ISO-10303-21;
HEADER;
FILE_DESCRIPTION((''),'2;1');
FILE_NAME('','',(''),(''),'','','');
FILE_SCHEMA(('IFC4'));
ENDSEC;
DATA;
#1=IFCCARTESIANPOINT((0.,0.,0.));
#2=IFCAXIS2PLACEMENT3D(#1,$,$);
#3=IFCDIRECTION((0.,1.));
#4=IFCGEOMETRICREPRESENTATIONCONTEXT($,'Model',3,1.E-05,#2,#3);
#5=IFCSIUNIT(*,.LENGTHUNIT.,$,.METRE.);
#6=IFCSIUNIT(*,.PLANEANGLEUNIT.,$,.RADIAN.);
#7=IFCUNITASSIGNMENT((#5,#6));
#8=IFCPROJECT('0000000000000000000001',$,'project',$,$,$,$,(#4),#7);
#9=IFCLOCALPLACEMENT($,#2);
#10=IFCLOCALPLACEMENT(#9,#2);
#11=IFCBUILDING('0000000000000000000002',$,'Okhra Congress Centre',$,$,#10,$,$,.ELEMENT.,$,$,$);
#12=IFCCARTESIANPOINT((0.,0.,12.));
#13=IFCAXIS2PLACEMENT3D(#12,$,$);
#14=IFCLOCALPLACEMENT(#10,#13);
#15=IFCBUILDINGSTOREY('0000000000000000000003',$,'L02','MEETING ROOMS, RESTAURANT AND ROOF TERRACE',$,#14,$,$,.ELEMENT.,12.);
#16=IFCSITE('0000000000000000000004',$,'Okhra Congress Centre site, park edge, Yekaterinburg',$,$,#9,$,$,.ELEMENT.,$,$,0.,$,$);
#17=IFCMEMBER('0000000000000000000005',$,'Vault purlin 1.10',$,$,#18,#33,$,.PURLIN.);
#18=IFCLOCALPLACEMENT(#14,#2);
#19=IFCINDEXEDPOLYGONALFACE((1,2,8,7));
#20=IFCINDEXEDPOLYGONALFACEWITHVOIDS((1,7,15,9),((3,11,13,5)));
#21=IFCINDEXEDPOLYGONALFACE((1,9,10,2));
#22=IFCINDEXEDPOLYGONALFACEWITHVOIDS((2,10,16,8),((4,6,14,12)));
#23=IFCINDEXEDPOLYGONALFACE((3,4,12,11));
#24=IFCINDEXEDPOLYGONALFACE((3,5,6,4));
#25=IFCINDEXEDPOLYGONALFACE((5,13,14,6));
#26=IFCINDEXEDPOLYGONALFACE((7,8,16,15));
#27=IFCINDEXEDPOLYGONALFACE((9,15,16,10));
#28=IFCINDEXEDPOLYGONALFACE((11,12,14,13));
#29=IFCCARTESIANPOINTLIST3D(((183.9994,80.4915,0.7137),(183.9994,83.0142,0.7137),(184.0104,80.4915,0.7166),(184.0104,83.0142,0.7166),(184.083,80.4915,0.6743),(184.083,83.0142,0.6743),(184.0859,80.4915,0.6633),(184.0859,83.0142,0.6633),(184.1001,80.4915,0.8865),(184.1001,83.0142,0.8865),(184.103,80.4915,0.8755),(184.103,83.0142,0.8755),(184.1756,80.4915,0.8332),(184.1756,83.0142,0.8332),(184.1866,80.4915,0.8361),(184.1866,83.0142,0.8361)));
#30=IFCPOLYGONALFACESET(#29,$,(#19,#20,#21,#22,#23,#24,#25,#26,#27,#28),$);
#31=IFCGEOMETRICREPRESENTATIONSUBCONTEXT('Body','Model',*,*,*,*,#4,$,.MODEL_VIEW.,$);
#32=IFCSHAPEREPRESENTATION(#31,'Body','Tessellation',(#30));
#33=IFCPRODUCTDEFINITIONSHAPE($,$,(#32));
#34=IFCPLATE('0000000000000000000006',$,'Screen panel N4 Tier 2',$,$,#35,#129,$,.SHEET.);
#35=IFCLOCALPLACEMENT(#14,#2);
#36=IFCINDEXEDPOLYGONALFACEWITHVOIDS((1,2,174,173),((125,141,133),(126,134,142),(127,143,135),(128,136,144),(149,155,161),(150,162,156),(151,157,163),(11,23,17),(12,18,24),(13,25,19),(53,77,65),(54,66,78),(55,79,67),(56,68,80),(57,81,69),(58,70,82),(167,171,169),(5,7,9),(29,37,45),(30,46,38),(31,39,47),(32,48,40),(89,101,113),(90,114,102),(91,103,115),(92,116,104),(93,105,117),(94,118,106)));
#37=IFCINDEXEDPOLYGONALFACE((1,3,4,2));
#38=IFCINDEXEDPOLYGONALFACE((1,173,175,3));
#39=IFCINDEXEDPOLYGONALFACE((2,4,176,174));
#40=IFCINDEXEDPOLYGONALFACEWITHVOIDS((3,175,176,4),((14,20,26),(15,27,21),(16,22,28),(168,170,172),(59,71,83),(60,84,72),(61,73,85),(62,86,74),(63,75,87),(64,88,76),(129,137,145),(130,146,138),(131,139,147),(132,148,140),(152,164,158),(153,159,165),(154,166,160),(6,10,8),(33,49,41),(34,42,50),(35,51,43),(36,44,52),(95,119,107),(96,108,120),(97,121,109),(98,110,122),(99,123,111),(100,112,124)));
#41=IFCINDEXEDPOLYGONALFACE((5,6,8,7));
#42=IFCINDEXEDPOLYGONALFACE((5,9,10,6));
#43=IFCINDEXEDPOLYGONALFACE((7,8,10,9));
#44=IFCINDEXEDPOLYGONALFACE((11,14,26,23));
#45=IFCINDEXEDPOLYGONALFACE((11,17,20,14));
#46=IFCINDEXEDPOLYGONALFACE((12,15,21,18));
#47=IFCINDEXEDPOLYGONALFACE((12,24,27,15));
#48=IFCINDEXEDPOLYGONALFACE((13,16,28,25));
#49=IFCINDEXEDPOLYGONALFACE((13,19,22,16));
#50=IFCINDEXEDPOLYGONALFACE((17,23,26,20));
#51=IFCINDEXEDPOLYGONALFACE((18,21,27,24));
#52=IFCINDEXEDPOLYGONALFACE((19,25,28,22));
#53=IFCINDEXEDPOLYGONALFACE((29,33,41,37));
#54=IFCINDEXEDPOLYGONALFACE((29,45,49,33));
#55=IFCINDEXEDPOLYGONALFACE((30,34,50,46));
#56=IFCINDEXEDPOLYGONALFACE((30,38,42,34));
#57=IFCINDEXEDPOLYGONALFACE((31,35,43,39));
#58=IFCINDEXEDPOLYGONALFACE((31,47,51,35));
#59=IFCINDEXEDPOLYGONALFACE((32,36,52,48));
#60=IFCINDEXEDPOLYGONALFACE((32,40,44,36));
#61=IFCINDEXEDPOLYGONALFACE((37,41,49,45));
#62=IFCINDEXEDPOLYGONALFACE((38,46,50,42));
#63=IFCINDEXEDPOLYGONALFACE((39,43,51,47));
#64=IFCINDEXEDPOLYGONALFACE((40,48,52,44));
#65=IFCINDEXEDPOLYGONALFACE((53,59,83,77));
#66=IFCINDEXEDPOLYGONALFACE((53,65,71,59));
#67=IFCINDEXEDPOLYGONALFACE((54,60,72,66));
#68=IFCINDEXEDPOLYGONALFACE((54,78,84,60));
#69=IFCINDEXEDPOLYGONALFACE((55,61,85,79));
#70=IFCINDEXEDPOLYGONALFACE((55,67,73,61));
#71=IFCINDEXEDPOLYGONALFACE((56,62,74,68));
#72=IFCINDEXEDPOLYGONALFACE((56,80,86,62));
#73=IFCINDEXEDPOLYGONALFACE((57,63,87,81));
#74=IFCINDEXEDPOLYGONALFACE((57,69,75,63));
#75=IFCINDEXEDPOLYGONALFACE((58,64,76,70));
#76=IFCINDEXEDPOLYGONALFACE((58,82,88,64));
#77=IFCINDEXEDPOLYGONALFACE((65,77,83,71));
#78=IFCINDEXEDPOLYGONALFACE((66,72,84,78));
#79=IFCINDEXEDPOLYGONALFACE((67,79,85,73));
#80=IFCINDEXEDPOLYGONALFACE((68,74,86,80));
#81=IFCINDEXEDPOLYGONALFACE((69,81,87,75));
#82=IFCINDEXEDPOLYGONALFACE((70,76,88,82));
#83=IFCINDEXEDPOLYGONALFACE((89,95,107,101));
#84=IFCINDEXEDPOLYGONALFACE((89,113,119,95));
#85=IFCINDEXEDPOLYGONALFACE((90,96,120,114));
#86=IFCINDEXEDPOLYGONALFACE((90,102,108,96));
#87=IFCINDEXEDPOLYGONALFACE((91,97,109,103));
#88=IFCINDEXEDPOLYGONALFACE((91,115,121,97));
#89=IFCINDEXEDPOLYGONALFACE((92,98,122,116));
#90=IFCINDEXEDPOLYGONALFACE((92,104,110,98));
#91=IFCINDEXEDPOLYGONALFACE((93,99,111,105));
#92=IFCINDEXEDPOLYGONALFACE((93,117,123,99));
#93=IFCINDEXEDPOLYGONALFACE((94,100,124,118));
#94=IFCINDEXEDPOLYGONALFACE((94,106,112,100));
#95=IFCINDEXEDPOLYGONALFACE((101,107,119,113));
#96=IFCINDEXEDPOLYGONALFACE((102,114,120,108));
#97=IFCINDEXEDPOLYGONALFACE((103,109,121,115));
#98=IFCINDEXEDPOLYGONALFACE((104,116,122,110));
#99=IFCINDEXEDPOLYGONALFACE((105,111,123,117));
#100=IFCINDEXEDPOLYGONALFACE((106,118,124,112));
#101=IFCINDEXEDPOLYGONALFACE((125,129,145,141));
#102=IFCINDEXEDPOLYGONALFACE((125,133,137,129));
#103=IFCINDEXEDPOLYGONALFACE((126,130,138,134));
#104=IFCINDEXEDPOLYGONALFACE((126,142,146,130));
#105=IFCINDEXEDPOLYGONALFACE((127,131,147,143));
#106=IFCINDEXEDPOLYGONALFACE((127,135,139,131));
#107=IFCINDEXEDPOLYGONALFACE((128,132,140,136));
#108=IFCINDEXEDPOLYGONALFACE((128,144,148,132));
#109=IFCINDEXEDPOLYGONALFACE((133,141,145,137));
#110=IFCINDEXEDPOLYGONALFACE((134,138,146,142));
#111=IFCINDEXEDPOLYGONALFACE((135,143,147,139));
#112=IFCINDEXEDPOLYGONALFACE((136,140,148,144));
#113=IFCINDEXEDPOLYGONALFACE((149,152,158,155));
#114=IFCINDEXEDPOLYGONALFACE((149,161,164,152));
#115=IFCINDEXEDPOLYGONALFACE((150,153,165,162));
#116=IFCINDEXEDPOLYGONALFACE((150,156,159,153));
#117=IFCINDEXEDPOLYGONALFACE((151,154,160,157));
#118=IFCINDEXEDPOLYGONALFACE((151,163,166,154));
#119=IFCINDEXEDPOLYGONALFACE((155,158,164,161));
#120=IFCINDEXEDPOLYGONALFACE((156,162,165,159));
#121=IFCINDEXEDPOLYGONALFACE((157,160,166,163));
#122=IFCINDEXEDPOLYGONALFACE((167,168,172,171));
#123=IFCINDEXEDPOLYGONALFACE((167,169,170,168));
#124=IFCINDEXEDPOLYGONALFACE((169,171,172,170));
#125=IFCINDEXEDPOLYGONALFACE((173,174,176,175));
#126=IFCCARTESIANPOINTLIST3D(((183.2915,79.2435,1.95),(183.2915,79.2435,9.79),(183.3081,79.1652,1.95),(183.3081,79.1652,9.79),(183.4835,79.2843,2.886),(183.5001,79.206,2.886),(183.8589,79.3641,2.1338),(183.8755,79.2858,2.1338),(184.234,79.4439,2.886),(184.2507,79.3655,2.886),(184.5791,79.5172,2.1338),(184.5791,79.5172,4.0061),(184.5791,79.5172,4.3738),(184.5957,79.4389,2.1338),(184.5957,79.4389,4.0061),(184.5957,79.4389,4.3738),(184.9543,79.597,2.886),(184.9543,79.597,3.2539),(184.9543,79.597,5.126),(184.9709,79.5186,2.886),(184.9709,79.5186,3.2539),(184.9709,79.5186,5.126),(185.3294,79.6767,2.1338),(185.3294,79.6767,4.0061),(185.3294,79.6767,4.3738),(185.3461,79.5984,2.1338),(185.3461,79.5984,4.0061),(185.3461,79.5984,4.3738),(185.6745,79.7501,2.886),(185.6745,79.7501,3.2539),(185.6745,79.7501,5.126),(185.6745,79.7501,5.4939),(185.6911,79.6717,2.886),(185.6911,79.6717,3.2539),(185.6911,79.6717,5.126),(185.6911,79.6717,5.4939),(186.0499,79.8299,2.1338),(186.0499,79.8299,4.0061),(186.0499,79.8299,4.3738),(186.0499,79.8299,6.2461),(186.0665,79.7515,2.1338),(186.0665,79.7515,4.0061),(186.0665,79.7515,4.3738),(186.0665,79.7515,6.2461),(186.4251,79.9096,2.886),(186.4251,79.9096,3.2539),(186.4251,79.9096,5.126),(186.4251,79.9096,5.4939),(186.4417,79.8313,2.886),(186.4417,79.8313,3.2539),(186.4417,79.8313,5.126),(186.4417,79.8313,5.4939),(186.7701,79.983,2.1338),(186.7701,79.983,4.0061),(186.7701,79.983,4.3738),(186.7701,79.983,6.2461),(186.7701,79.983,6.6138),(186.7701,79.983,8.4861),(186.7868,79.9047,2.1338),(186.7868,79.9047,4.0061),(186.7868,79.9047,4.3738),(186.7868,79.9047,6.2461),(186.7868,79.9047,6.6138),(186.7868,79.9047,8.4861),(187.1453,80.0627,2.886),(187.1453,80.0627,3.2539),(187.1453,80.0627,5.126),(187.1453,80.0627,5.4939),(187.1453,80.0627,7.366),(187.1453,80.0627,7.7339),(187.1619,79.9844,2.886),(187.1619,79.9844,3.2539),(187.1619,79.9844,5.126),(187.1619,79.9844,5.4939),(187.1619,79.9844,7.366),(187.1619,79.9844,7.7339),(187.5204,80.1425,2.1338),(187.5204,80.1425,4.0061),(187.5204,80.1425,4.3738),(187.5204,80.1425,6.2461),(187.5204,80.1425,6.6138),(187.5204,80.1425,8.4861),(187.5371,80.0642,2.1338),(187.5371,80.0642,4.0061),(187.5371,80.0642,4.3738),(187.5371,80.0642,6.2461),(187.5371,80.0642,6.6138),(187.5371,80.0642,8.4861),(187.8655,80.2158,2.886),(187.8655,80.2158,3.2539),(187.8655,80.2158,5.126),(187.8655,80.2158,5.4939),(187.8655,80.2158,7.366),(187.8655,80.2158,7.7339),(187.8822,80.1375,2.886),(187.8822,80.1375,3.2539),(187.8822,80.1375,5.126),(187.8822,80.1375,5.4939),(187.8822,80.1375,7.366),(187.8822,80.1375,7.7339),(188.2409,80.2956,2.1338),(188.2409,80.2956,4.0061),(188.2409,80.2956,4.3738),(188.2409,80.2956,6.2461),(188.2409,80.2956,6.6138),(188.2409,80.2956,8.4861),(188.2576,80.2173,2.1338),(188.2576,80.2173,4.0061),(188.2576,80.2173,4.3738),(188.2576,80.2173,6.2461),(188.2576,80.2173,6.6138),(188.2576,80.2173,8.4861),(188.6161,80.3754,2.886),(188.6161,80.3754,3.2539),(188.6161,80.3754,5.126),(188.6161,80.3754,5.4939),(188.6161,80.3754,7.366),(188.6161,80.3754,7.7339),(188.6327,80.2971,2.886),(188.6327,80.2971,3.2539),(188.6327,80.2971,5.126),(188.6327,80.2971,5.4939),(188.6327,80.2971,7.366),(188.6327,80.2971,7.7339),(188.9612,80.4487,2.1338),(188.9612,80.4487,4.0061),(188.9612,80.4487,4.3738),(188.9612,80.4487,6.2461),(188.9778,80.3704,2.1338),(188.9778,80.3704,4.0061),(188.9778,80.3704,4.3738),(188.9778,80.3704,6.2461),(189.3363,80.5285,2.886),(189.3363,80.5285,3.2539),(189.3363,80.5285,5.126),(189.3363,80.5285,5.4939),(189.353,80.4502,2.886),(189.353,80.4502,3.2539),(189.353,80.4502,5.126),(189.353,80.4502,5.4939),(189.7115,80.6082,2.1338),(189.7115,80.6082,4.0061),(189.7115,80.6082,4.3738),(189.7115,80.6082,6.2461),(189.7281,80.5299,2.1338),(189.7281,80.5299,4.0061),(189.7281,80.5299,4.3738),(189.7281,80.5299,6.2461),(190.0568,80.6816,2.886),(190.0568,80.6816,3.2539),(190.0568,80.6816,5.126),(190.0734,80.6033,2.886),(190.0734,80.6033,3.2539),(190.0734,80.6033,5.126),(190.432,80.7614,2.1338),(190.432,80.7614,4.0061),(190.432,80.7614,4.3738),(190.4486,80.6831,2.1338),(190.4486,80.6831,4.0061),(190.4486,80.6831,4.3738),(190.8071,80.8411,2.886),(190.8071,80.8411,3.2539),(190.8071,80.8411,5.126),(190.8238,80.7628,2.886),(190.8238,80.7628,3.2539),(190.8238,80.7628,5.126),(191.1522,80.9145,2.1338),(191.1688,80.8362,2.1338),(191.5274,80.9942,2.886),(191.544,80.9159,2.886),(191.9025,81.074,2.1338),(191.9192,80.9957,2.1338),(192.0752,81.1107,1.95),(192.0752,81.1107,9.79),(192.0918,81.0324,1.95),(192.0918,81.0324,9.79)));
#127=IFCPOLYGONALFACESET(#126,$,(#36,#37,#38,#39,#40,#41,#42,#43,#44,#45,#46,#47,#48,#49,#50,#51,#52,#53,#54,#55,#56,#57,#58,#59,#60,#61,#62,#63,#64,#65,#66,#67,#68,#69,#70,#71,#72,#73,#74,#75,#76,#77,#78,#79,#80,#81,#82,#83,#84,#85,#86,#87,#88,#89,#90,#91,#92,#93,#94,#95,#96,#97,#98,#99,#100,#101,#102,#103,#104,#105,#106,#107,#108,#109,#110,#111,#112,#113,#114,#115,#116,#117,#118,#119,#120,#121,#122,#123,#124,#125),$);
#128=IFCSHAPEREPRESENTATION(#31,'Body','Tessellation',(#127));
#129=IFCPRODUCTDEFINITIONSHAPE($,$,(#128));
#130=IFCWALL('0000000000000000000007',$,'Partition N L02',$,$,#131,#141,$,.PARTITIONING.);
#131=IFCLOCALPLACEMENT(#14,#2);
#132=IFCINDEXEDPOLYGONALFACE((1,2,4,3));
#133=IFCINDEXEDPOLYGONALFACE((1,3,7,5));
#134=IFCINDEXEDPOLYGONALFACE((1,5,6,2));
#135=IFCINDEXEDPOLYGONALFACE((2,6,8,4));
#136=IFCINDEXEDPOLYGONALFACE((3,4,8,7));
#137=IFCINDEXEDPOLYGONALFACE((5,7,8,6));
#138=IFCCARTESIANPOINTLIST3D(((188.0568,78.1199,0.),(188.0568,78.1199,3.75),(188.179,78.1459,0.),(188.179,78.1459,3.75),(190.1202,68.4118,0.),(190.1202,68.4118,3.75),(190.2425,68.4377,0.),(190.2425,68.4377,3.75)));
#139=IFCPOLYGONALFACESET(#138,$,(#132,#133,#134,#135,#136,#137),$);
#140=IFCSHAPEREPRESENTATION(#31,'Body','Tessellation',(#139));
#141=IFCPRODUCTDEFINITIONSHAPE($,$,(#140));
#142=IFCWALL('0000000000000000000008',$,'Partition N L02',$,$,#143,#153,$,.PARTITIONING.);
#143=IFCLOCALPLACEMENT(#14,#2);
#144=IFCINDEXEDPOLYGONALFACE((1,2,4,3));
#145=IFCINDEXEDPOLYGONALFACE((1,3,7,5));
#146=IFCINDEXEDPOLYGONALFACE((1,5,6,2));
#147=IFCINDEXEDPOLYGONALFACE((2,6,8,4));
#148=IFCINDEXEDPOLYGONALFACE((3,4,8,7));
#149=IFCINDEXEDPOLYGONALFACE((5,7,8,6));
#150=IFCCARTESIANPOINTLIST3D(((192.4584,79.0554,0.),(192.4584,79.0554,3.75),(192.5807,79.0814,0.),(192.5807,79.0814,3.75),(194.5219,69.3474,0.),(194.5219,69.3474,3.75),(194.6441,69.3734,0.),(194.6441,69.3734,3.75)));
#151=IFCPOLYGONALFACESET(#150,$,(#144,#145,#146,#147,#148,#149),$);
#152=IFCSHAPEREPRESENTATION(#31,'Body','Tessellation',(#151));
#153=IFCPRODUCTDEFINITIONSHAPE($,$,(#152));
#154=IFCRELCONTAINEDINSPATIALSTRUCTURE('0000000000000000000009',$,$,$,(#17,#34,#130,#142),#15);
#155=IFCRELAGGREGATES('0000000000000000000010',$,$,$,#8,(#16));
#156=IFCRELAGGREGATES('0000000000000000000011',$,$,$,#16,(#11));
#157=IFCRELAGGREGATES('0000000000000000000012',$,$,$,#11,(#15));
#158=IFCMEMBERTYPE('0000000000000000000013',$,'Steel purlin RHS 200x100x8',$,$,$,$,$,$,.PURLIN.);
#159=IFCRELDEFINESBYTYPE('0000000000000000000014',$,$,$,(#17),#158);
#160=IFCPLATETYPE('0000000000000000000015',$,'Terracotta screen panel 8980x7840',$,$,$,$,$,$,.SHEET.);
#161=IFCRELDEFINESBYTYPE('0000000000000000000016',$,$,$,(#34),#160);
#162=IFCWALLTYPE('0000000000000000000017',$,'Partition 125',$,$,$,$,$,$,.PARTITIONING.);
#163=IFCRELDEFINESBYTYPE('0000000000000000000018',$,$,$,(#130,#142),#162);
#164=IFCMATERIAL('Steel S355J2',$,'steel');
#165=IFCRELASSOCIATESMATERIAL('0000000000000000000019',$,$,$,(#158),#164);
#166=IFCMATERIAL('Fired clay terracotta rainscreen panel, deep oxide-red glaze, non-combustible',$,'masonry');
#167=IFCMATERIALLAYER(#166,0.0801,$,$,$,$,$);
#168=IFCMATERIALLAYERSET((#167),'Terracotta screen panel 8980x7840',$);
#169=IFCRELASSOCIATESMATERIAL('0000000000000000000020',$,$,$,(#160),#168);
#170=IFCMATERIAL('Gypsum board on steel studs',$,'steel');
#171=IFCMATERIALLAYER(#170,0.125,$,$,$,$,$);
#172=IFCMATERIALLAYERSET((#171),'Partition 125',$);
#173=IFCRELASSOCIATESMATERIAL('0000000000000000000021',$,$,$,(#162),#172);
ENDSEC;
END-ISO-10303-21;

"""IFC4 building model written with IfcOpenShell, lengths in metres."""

from ifc_helpers import new_model, si_unit, direction, frame, frame_2d, origin, origin_2d, place, context, subcontext, project, spatial, polyline, rectangle, hollow_rectangle, outline, extrude, material, layer, layer_set, material_profile, profile_set, type_object, element, save


model = new_model("IFC4")

# Units and contexts
model_context = context("Model", 3, precision=1e-05, world=origin(), true_north=direction((0.0, 1.0)))
body_context = subcontext(model_context, "Body", "Model", "MODEL_VIEW")
ifc_project = project(units=[si_unit("LENGTHUNIT", "METRE"), si_unit("PLANEANGLEUNIT", "RADIAN")], contexts=[model_context])

# Site, building, storey
site_placement = place(None, origin())
site = spatial("IfcSite", under=ifc_project, at=site_placement, Name="Okhra Congress Centre site, park edge, Yekaterinburg", CompositionType="ELEMENT", RefElevation=0.0)
building_placement = place(site_placement, origin())
building = spatial("IfcBuilding", under=site, at=building_placement, Name="Okhra Congress Centre", CompositionType="ELEMENT")
storey_placement = place(building_placement, frame((0.0, 0.0, 12.0)))
storey = spatial("IfcBuildingStorey", under=building, at=storey_placement, Name="L02", Description="MEETING ROOMS, RESTAURANT AND ROOF TERRACE", CompositionType="ELEMENT", Elevation=12.0)

# Shared definitions
ifc_material_1 = material(Name="Steel S355J2", Category="steel")

# Member
ifc_material_profile_1 = material_profile(ifc_material_1, hollow_rectangle(XDim=0.1001, YDim=0.2, WallThickness=0.0081, at=origin_2d()), Name="RHS 200x100x8")
ifc_profile_set_1 = profile_set([ifc_material_profile_1], Name="Steel S355J2")
member_type = type_object("IfcMemberType", Name="Steel purlin RHS 200x100x8", PredefinedType="PURLIN", material=ifc_profile_set_1)
member_placement = place(storey_placement, frame((184.093, 80.4915, 0.7749), z_axis=(0.0, 1.0, 0.0), x_axis=(-0.863917, 0.0, 0.503634)))
element("IfcMember", 1, at=member_placement, inside=storey, type_object=member_type, Name="Vault purlin 1.10", PredefinedType="PURLIN", context=body_context, shape_type="SweptSolid", body=[
    extrude(hollow_rectangle(XDim=0.1001, YDim=0.2, WallThickness=0.0081, at=origin_2d()), origin(), (0.0, 0.0, 1.0), 2.5227),
])

# Plate
ifc_material_2 = material(Name="Fired clay terracotta rainscreen panel, deep oxide-red glaze, non-combustible", Category="masonry")
ifc_layer_1 = layer(ifc_material_2, 0.0801)
ifc_layer_set_1 = layer_set([ifc_layer_1], Name="Terracotta screen panel 8980x7840")
plate_type = type_object("IfcPlateType", Name="Terracotta screen panel 8980x7840", PredefinedType="SHEET", material=ifc_layer_set_1)
plate_placement = place(storey_placement, frame((192.0835, 81.0715, 1.95), z_axis=(0.0, 0.0, 1.0), x_axis=(-0.978144, -0.207928, 0.0)))
element("IfcPlate", 2, at=plate_placement, inside=storey, type_object=plate_type, Name="Screen panel N4 Tier 2", PredefinedType="SHEET", context=body_context, shape_type="SweptSolid", body=[
    extrude(outline(polyline([(0.0, 0.0), (8.98, 0.0), (8.98, 7.8401), (0.0, 7.8401), (0.0, 0.0)]), holes=[polyline([(0.1765, 0.1838), (0.9436, 0.1838), (0.5601, 0.936), (0.1765, 0.1838)]), polyline([(1.2964, 0.936), (1.6799, 0.1838), (2.0635, 0.936), (1.2964, 0.936)]), polyline([(2.4165, 0.1838), (3.1836, 0.1838), (2.8, 0.936), (2.4165, 0.1838)]), polyline([(3.5364, 0.936), (3.9199, 0.1838), (4.3037, 0.936), (3.5364, 0.936)]), polyline([(4.6565, 0.1838), (5.4236, 0.1838), (5.04, 0.936), (4.6565, 0.1838)]), polyline([(5.7764, 0.936), (6.1599, 0.1838), (6.5437, 0.936), (5.7764, 0.936)]), polyline([(6.8965, 0.1838), (7.6636, 0.1838), (7.28, 0.936), (6.8965, 0.1838)]), polyline([(8.0164, 0.936), (8.3999, 0.1838), (8.7837, 0.936), (8.0164, 0.936)]), polyline([(1.2964, 1.304), (2.0635, 1.304), (1.6799, 2.0562), (1.2964, 1.304)]), polyline([(2.4165, 2.0562), (2.8, 1.304), (3.1836, 2.0562), (2.4165, 2.0562)]), polyline([(3.5364, 1.304), (4.3037, 1.304), (3.9199, 2.0562), (3.5364, 1.304)]), polyline([(4.6565, 2.0562), (5.04, 1.304), (5.4236, 2.0562), (4.6565, 2.0562)]), polyline([(5.7764, 1.304), (6.5437, 1.304), (6.1599, 2.0562), (5.7764, 1.304)]), polyline([(6.8965, 2.0562), (7.28, 1.304), (7.6636, 2.0562), (6.8965, 2.0562)]), polyline([(1.2964, 3.176), (1.6799, 2.4238), (2.0635, 3.176), (1.2964, 3.176)]), polyline([(2.4165, 2.4238), (3.1836, 2.4238), (2.8, 3.176), (2.4165, 2.4238)]), polyline([(3.5364, 3.176), (3.9199, 2.4238), (4.3037, 3.176), (3.5364, 3.176)]), polyline([(4.6565, 2.4238), (5.4236, 2.4238), (5.04, 3.176), (4.6565, 2.4238)]), polyline([(5.7764, 3.176), (6.1599, 2.4238), (6.5437, 3.176), (5.7764, 3.176)]), polyline([(6.8965, 2.4238), (7.6636, 2.4238), (7.28, 3.176), (6.8965, 2.4238)]), polyline([(2.4165, 4.2961), (2.8, 3.5439), (3.1836, 4.2961), (2.4165, 4.2961)]), polyline([(3.5364, 3.5439), (4.3037, 3.5439), (3.9199, 4.2961), (3.5364, 3.5439)]), polyline([(4.6565, 4.2961), (5.04, 3.5439), (5.4236, 4.2961), (4.6565, 4.2961)]), polyline([(5.7764, 3.5439), (6.5437, 3.5439), (6.1599, 4.2961), (5.7764, 3.5439)]), polyline([(3.5364, 5.416), (3.9199, 4.6638), (4.3037, 5.416), (3.5364, 5.416)]), polyline([(4.6565, 4.6638), (5.4236, 4.6638), (5.04, 5.416), (4.6565, 4.6638)]), polyline([(3.5364, 5.7839), (4.3037, 5.7839), (3.9199, 6.5361), (3.5364, 5.7839)]), polyline([(4.6565, 6.5361), (5.04, 5.7839), (5.4236, 6.5361), (4.6565, 6.5361)])]), frame((0.0, 0.04, 0.0), z_axis=(0.0, -1.0, 0.0), x_axis=(1.0, 0.0, 0.0)), (0.0, 0.0, 1.0), 0.0801),
])

# Walls
ifc_material_3 = material(Name="Gypsum board on steel studs", Category="steel")
ifc_layer_2 = layer(ifc_material_3, 0.125)
ifc_layer_set_2 = layer_set([ifc_layer_2], Name="Partition 125")
wall_type_1 = type_object("IfcWallType", Name="Partition 125", PredefinedType="PARTITIONING", material=ifc_layer_set_2)
wall_1_placement = place(storey_placement, frame((188.1179, 78.1328, 0.0), z_axis=(0.0, 0.0, 1.0), x_axis=(0.207904, -0.978149, 0.0)))
element("IfcWall", 3, at=wall_1_placement, inside=storey, type_object=wall_type_1, Name="Partition N L02", PredefinedType="PARTITIONING", context=body_context, shape_type="SweptSolid", body=[
    extrude(rectangle(XDim=9.925, YDim=0.125, at=frame_2d((4.9624, 0.0))), origin(), (0.0, 0.0, 1.0), 3.75),
])
wall_2_placement = place(storey_placement, frame((192.5195, 79.0684, 0.0), z_axis=(0.0, 0.0, 1.0), x_axis=(0.207909, -0.978148, 0.0)))
element("IfcWall", 4, at=wall_2_placement, inside=storey, type_object=wall_type_1, Name="Partition N L02", PredefinedType="PARTITIONING", context=body_context, shape_type="SweptSolid", body=[
    extrude(rectangle(XDim=9.9248, YDim=0.125, at=frame_2d((4.9624, 0.0))), origin(), (0.0, 0.0, 1.0), 3.75),
])

save(model, "model.ifc")
